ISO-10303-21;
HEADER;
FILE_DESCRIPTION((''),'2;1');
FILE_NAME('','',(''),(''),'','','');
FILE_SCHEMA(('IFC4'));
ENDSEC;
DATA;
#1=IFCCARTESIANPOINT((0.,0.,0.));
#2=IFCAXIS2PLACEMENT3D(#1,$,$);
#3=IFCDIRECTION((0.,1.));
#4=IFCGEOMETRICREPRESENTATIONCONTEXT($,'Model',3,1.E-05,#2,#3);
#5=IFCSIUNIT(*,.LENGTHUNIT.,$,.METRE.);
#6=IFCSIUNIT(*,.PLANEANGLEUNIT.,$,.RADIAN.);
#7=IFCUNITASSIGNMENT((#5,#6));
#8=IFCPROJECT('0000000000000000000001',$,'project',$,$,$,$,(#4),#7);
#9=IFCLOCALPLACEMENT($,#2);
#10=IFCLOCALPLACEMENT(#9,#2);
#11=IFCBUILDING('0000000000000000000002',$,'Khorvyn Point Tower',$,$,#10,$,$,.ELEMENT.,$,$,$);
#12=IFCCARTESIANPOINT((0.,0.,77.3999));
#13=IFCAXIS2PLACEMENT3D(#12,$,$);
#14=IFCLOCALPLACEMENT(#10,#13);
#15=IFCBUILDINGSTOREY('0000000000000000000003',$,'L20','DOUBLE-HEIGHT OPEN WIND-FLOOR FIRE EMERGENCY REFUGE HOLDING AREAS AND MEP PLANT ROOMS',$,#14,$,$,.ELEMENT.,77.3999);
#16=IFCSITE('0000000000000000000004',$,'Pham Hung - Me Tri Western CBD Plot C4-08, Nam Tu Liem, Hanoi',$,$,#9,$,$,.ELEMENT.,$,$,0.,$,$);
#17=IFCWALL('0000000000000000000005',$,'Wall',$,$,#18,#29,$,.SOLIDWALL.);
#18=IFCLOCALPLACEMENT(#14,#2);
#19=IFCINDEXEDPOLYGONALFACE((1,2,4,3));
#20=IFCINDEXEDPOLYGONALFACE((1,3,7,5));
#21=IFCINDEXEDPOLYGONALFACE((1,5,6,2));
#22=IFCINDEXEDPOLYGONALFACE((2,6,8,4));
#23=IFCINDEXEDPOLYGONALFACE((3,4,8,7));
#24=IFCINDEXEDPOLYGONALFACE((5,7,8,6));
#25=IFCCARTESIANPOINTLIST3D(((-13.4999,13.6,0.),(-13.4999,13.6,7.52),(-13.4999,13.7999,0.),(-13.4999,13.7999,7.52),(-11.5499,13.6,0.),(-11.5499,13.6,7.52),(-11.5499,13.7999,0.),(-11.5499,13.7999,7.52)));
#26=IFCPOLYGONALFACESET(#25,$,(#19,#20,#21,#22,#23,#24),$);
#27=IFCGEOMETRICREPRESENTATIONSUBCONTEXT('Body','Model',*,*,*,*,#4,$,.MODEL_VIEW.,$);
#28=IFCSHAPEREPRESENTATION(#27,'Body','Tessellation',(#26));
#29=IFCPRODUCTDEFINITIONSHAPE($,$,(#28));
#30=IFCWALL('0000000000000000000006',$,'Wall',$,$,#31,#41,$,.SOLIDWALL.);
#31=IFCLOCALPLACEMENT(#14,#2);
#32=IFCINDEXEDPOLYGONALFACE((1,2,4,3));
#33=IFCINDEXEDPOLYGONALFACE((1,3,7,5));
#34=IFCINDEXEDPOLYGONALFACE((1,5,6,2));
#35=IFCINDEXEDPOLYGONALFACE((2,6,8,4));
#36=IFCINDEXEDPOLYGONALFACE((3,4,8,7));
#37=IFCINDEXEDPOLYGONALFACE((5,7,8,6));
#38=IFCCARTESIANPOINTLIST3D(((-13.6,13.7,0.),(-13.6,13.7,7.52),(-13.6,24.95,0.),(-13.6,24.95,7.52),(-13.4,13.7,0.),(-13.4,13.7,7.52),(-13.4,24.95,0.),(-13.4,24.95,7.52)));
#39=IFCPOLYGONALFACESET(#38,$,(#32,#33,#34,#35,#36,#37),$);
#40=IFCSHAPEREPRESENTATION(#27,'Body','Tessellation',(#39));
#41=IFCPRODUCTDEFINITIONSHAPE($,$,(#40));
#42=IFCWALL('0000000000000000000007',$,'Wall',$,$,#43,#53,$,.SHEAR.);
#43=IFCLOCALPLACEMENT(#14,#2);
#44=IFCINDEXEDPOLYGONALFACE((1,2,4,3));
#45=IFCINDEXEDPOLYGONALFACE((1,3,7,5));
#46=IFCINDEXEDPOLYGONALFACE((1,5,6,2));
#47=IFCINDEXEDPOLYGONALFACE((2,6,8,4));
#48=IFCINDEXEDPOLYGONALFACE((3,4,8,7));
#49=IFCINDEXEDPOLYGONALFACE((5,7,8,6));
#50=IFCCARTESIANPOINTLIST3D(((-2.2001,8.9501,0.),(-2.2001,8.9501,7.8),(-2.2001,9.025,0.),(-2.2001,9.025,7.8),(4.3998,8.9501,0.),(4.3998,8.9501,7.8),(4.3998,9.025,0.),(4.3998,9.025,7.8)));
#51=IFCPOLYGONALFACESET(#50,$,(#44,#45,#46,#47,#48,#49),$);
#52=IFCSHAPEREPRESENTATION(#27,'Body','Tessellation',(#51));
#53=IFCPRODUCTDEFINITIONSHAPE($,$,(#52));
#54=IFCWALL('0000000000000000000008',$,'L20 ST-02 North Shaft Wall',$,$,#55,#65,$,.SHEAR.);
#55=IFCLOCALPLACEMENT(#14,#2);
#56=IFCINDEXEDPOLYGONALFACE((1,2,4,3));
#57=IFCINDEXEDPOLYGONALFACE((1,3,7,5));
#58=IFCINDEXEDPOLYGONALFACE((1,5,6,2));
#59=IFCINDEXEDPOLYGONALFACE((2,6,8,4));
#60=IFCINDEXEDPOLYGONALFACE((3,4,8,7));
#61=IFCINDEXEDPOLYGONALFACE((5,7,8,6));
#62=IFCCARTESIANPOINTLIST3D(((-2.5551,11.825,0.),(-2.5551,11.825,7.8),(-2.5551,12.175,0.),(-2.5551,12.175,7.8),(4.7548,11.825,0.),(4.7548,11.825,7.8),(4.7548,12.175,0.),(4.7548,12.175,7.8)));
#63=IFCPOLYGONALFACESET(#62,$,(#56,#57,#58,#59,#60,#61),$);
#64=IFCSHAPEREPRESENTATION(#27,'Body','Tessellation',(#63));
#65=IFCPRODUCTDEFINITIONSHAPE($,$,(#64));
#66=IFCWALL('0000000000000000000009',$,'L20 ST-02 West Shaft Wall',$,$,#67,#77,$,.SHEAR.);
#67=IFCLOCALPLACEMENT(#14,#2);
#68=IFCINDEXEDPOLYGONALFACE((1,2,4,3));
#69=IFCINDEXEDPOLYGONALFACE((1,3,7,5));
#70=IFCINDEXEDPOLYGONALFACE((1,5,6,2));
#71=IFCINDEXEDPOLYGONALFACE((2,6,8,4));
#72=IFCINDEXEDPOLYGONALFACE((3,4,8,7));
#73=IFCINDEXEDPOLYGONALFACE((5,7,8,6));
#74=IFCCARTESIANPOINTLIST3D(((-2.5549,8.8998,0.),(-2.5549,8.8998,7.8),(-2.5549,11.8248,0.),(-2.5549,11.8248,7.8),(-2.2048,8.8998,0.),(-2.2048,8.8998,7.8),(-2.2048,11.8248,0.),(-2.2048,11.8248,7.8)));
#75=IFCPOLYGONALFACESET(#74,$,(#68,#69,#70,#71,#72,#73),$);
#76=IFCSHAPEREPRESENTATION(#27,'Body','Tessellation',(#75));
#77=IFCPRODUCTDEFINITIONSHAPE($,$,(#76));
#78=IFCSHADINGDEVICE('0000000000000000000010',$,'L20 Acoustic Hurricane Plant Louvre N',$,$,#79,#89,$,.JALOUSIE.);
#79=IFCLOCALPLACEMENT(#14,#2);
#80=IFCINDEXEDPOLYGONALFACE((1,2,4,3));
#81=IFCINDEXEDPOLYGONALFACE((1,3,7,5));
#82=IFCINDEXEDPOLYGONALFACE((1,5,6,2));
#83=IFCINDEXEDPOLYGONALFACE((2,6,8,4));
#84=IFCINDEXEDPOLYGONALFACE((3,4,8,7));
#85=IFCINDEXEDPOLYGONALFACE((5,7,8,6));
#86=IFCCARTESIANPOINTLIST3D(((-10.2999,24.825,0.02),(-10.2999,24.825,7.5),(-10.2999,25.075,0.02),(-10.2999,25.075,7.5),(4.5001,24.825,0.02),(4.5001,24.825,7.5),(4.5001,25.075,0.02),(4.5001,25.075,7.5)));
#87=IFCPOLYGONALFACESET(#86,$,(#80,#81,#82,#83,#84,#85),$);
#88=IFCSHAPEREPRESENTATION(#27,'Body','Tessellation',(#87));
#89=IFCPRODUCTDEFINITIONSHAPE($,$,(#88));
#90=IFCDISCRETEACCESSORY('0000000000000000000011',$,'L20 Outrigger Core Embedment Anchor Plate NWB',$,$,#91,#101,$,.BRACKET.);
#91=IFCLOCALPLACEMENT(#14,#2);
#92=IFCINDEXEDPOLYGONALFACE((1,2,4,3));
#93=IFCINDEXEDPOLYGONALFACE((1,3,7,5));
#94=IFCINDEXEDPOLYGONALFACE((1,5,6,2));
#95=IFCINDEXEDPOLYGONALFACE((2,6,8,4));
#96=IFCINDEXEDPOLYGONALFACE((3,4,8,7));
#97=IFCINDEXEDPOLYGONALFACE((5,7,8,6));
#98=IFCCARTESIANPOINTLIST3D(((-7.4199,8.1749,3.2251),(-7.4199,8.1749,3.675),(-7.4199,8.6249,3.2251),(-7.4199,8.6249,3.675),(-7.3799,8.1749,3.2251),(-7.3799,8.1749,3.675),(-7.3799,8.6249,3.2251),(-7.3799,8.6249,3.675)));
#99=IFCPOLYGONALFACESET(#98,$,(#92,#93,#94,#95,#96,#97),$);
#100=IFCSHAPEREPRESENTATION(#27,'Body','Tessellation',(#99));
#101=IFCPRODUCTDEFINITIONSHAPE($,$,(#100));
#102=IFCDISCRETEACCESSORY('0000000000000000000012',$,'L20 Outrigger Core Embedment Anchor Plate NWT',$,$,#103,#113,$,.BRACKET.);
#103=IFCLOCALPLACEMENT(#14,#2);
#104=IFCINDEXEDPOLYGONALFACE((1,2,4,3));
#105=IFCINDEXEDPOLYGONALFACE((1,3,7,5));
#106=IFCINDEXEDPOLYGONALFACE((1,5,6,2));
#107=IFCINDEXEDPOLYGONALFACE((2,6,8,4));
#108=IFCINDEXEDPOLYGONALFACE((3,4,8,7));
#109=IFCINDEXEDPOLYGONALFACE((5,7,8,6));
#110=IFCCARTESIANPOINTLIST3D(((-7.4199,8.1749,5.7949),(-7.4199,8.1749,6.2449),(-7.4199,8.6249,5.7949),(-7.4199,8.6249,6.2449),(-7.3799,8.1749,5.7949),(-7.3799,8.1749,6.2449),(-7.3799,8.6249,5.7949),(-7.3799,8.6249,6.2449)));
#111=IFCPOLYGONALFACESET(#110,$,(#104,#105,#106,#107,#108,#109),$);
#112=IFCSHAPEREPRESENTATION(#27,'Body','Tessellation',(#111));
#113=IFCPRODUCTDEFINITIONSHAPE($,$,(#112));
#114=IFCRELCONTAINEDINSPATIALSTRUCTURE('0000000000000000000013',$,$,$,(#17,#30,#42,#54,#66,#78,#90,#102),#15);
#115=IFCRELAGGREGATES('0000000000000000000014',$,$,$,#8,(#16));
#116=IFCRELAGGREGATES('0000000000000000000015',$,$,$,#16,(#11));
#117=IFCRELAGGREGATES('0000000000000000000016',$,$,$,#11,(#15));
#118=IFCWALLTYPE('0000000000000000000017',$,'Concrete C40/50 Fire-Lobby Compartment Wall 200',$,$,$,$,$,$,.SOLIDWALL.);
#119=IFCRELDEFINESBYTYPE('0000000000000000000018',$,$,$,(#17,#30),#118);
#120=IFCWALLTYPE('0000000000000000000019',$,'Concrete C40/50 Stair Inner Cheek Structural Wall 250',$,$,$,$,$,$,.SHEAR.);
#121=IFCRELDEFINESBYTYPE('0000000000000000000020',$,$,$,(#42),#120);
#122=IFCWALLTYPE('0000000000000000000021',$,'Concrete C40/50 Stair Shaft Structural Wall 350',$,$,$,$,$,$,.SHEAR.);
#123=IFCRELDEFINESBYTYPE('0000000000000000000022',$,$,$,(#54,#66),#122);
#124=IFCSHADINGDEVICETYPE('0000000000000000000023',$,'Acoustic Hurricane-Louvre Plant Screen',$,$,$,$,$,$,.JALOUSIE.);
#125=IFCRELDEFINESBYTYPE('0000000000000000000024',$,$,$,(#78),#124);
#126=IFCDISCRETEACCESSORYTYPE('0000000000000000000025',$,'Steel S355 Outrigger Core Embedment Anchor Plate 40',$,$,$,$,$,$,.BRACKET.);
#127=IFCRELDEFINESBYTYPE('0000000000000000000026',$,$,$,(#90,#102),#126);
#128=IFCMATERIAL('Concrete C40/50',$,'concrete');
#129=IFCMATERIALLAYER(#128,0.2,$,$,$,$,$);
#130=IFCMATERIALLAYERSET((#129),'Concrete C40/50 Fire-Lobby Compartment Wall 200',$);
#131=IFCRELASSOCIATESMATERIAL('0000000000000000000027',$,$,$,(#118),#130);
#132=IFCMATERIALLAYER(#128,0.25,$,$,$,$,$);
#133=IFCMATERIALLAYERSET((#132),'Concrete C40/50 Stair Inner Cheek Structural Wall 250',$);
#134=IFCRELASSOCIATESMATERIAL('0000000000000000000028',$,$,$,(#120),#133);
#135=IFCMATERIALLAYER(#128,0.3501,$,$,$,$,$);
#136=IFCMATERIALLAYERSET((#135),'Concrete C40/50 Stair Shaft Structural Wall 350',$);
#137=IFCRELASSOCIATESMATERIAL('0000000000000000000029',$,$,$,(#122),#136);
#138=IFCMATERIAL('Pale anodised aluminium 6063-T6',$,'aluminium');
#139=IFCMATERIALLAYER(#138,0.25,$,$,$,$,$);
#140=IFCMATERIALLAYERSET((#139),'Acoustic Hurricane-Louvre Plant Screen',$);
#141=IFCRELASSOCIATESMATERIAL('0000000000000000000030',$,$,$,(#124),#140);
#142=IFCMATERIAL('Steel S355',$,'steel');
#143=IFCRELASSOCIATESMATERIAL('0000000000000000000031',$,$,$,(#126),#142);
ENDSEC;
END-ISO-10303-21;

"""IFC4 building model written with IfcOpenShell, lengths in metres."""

from ifc_helpers import new_model, si_unit, direction, frame, frame_2d, origin, origin_2d, place, context, subcontext, project, spatial, rectangle, extrude, material, layer, layer_set, type_object, element, save


model = new_model("IFC4")

# Units and contexts
model_context = context("Model", 3, precision=1e-05, world=origin(), true_north=direction((0.0, 1.0)))
body_context = subcontext(model_context, "Body", "Model", "MODEL_VIEW")
ifc_project = project(units=[si_unit("LENGTHUNIT", "METRE"), si_unit("PLANEANGLEUNIT", "RADIAN")], contexts=[model_context])

# Site, building, storey
site_placement = place(None, origin())
site = spatial("IfcSite", under=ifc_project, at=site_placement, Name="Pham Hung - Me Tri Western CBD Plot C4-08, Nam Tu Liem, Hanoi", CompositionType="ELEMENT", RefElevation=0.0)
building_placement = place(site_placement, origin())
building = spatial("IfcBuilding", under=site, at=building_placement, Name="Khorvyn Point Tower", CompositionType="ELEMENT")
storey_placement = place(building_placement, frame((0.0, 0.0, 77.3999)))
storey = spatial("IfcBuildingStorey", under=building, at=storey_placement, Name="L20", Description="DOUBLE-HEIGHT OPEN WIND-FLOOR FIRE EMERGENCY REFUGE HOLDING AREAS AND MEP PLANT ROOMS", CompositionType="ELEMENT", Elevation=77.3999)

# Shared definitions
ifc_material_1 = material(Name="Steel S355", Category="steel")

# Shared definitions
ifc_material_2 = material(Name="Concrete C40/50", Category="concrete")
ifc_layer_1 = layer(ifc_material_2, 0.2)
ifc_layer_set_1 = layer_set([ifc_layer_1], Name="Concrete C40/50 Fire-Lobby Compartment Wall 200")
wall_type_1 = type_object("IfcWallType", Name="Concrete C40/50 Fire-Lobby Compartment Wall 200", PredefinedType="SOLIDWALL", material=ifc_layer_set_1)

# Walls
wall_1_placement = place(storey_placement, frame((-13.5, 13.7, 0.0), z_axis=(0.0, 0.0, 1.0), x_axis=(1.0, 0.0, 0.0)))
element("IfcWall", 1, at=wall_1_placement, inside=storey, type_object=wall_type_1, Name="Wall", PredefinedType="SOLIDWALL", context=body_context, shape_type="SweptSolid", body=[
    extrude(rectangle(XDim=1.95, YDim=0.2, at=frame_2d((0.9751, 0.0))), origin(), (0.0, 0.0, 1.0), 7.52),
])
wall_2_placement = place(storey_placement, frame((-13.5, 13.7, 0.0), z_axis=(0.0, 0.0, 1.0), x_axis=(0.0, 1.0, 0.0)))
element("IfcWall", 2, at=wall_2_placement, inside=storey, type_object=wall_type_1, Name="Wall", PredefinedType="SOLIDWALL", context=body_context, shape_type="SweptSolid", body=[
    extrude(rectangle(XDim=11.25, YDim=0.2, at=frame_2d((5.625, 0.0))), origin(), (0.0, 0.0, 1.0), 7.52),
])
ifc_layer_2 = layer(ifc_material_2, 0.25)
ifc_layer_set_2 = layer_set([ifc_layer_2], Name="Concrete C40/50 Stair Inner Cheek Structural Wall 250")
wall_type_2 = type_object("IfcWallType", Name="Concrete C40/50 Stair Inner Cheek Structural Wall 250", PredefinedType="SHEAR", material=ifc_layer_set_2)
wall_3_placement = place(storey_placement, frame((-2.2, 8.9875, 0.0), z_axis=(0.0, 0.0, 1.0), x_axis=(1.0, 0.0, 0.0)))
element("IfcWall", 3, at=wall_3_placement, inside=storey, type_object=wall_type_2, Name="Wall", PredefinedType="SHEAR", context=body_context, shape_type="SweptSolid", body=[
    extrude(rectangle(XDim=6.5999, YDim=0.075, at=frame_2d((3.2998, 0.0))), origin(), (0.0, 0.0, 1.0), 7.8),
])
ifc_layer_3 = layer(ifc_material_2, 0.3501)
ifc_layer_set_3 = layer_set([ifc_layer_3], Name="Concrete C40/50 Stair Shaft Structural Wall 350")
wall_type_3 = type_object("IfcWallType", Name="Concrete C40/50 Stair Shaft Structural Wall 350", PredefinedType="SHEAR", material=ifc_layer_set_3)
wall_4_placement = place(storey_placement, frame((-2.5549, 12.0, 0.0), z_axis=(0.0, 0.0, 1.0), x_axis=(1.0, 0.0, 0.0)))
element("IfcWall", 4, at=wall_4_placement, inside=storey, type_object=wall_type_3, Name="L20 ST-02 North Shaft Wall", PredefinedType="SHEAR", context=body_context, shape_type="SweptSolid", body=[
    extrude(rectangle(XDim=7.3098, YDim=0.3501, at=frame_2d((3.6548, 0.0))), origin(), (0.0, 0.0, 1.0), 7.8),
])
wall_5_placement = place(storey_placement, frame((-2.3799, 8.8999, 0.0), z_axis=(0.0, 0.0, 1.0), x_axis=(0.0, 1.0, 0.0)))
element("IfcWall", 5, at=wall_5_placement, inside=storey, type_object=wall_type_3, Name="L20 ST-02 West Shaft Wall", PredefinedType="SHEAR", context=body_context, shape_type="SweptSolid", body=[
    extrude(rectangle(XDim=2.925, YDim=0.3501, at=frame_2d((1.4624, 0.0))), origin(), (0.0, 0.0, 1.0), 7.8),
])

# Shading device
ifc_material_3 = material(Name="Pale anodised aluminium 6063-T6", Category="aluminium")
ifc_layer_4 = layer(ifc_material_3, 0.25)
ifc_layer_set_4 = layer_set([ifc_layer_4], Name="Acoustic Hurricane-Louvre Plant Screen")
shading_device_type = type_object("IfcShadingDeviceType", Name="Acoustic Hurricane-Louvre Plant Screen", PredefinedType="JALOUSIE", material=ifc_layer_set_4)
shading_device_placement = place(storey_placement, frame((-2.8999, 24.95, 0.02), z_axis=(0.0, 0.0, 1.0), x_axis=(1.0, 0.0, 0.0)))
element("IfcShadingDevice", 6, at=shading_device_placement, inside=storey, type_object=shading_device_type, Name="L20 Acoustic Hurricane Plant Louvre N", PredefinedType="JALOUSIE", context=body_context, shape_type="SweptSolid", body=[
    extrude(rectangle(XDim=14.8, YDim=0.25, at=origin_2d()), origin(), (0.0, 0.0, 1.0), 7.48),
])

# Discrete accessories
discrete_accessory_type = type_object("IfcDiscreteAccessoryType", Name="Steel S355 Outrigger Core Embedment Anchor Plate 40", PredefinedType="BRACKET", material=ifc_material_1)
for number, where, z_axis, x_axis, name in (
    (7, (-7.3999, 8.3999, 3.2251), (0.0, 0.0, 1.0), (1.0, 0.0, 0.0), "L20 Outrigger Core Embedment Anchor Plate NWB"),
    (8, (-7.3999, 8.3999, 5.7949), (0.0, 0.0, 1.0), (1.0, 0.0, 0.0), "L20 Outrigger Core Embedment Anchor Plate NWT"),
):
    element("IfcDiscreteAccessory", number, at=place(storey_placement, frame(where, z_axis=z_axis, x_axis=x_axis)), inside=storey, type_object=discrete_accessory_type, Name=name, PredefinedType="BRACKET", context=body_context, shape_type="SweptSolid", body=[
        extrude(rectangle(XDim=0.04, YDim=0.45, at=origin_2d()), origin(), (0.0, 0.0, 1.0), 0.45),
    ])

save(model, "model.ifc")
